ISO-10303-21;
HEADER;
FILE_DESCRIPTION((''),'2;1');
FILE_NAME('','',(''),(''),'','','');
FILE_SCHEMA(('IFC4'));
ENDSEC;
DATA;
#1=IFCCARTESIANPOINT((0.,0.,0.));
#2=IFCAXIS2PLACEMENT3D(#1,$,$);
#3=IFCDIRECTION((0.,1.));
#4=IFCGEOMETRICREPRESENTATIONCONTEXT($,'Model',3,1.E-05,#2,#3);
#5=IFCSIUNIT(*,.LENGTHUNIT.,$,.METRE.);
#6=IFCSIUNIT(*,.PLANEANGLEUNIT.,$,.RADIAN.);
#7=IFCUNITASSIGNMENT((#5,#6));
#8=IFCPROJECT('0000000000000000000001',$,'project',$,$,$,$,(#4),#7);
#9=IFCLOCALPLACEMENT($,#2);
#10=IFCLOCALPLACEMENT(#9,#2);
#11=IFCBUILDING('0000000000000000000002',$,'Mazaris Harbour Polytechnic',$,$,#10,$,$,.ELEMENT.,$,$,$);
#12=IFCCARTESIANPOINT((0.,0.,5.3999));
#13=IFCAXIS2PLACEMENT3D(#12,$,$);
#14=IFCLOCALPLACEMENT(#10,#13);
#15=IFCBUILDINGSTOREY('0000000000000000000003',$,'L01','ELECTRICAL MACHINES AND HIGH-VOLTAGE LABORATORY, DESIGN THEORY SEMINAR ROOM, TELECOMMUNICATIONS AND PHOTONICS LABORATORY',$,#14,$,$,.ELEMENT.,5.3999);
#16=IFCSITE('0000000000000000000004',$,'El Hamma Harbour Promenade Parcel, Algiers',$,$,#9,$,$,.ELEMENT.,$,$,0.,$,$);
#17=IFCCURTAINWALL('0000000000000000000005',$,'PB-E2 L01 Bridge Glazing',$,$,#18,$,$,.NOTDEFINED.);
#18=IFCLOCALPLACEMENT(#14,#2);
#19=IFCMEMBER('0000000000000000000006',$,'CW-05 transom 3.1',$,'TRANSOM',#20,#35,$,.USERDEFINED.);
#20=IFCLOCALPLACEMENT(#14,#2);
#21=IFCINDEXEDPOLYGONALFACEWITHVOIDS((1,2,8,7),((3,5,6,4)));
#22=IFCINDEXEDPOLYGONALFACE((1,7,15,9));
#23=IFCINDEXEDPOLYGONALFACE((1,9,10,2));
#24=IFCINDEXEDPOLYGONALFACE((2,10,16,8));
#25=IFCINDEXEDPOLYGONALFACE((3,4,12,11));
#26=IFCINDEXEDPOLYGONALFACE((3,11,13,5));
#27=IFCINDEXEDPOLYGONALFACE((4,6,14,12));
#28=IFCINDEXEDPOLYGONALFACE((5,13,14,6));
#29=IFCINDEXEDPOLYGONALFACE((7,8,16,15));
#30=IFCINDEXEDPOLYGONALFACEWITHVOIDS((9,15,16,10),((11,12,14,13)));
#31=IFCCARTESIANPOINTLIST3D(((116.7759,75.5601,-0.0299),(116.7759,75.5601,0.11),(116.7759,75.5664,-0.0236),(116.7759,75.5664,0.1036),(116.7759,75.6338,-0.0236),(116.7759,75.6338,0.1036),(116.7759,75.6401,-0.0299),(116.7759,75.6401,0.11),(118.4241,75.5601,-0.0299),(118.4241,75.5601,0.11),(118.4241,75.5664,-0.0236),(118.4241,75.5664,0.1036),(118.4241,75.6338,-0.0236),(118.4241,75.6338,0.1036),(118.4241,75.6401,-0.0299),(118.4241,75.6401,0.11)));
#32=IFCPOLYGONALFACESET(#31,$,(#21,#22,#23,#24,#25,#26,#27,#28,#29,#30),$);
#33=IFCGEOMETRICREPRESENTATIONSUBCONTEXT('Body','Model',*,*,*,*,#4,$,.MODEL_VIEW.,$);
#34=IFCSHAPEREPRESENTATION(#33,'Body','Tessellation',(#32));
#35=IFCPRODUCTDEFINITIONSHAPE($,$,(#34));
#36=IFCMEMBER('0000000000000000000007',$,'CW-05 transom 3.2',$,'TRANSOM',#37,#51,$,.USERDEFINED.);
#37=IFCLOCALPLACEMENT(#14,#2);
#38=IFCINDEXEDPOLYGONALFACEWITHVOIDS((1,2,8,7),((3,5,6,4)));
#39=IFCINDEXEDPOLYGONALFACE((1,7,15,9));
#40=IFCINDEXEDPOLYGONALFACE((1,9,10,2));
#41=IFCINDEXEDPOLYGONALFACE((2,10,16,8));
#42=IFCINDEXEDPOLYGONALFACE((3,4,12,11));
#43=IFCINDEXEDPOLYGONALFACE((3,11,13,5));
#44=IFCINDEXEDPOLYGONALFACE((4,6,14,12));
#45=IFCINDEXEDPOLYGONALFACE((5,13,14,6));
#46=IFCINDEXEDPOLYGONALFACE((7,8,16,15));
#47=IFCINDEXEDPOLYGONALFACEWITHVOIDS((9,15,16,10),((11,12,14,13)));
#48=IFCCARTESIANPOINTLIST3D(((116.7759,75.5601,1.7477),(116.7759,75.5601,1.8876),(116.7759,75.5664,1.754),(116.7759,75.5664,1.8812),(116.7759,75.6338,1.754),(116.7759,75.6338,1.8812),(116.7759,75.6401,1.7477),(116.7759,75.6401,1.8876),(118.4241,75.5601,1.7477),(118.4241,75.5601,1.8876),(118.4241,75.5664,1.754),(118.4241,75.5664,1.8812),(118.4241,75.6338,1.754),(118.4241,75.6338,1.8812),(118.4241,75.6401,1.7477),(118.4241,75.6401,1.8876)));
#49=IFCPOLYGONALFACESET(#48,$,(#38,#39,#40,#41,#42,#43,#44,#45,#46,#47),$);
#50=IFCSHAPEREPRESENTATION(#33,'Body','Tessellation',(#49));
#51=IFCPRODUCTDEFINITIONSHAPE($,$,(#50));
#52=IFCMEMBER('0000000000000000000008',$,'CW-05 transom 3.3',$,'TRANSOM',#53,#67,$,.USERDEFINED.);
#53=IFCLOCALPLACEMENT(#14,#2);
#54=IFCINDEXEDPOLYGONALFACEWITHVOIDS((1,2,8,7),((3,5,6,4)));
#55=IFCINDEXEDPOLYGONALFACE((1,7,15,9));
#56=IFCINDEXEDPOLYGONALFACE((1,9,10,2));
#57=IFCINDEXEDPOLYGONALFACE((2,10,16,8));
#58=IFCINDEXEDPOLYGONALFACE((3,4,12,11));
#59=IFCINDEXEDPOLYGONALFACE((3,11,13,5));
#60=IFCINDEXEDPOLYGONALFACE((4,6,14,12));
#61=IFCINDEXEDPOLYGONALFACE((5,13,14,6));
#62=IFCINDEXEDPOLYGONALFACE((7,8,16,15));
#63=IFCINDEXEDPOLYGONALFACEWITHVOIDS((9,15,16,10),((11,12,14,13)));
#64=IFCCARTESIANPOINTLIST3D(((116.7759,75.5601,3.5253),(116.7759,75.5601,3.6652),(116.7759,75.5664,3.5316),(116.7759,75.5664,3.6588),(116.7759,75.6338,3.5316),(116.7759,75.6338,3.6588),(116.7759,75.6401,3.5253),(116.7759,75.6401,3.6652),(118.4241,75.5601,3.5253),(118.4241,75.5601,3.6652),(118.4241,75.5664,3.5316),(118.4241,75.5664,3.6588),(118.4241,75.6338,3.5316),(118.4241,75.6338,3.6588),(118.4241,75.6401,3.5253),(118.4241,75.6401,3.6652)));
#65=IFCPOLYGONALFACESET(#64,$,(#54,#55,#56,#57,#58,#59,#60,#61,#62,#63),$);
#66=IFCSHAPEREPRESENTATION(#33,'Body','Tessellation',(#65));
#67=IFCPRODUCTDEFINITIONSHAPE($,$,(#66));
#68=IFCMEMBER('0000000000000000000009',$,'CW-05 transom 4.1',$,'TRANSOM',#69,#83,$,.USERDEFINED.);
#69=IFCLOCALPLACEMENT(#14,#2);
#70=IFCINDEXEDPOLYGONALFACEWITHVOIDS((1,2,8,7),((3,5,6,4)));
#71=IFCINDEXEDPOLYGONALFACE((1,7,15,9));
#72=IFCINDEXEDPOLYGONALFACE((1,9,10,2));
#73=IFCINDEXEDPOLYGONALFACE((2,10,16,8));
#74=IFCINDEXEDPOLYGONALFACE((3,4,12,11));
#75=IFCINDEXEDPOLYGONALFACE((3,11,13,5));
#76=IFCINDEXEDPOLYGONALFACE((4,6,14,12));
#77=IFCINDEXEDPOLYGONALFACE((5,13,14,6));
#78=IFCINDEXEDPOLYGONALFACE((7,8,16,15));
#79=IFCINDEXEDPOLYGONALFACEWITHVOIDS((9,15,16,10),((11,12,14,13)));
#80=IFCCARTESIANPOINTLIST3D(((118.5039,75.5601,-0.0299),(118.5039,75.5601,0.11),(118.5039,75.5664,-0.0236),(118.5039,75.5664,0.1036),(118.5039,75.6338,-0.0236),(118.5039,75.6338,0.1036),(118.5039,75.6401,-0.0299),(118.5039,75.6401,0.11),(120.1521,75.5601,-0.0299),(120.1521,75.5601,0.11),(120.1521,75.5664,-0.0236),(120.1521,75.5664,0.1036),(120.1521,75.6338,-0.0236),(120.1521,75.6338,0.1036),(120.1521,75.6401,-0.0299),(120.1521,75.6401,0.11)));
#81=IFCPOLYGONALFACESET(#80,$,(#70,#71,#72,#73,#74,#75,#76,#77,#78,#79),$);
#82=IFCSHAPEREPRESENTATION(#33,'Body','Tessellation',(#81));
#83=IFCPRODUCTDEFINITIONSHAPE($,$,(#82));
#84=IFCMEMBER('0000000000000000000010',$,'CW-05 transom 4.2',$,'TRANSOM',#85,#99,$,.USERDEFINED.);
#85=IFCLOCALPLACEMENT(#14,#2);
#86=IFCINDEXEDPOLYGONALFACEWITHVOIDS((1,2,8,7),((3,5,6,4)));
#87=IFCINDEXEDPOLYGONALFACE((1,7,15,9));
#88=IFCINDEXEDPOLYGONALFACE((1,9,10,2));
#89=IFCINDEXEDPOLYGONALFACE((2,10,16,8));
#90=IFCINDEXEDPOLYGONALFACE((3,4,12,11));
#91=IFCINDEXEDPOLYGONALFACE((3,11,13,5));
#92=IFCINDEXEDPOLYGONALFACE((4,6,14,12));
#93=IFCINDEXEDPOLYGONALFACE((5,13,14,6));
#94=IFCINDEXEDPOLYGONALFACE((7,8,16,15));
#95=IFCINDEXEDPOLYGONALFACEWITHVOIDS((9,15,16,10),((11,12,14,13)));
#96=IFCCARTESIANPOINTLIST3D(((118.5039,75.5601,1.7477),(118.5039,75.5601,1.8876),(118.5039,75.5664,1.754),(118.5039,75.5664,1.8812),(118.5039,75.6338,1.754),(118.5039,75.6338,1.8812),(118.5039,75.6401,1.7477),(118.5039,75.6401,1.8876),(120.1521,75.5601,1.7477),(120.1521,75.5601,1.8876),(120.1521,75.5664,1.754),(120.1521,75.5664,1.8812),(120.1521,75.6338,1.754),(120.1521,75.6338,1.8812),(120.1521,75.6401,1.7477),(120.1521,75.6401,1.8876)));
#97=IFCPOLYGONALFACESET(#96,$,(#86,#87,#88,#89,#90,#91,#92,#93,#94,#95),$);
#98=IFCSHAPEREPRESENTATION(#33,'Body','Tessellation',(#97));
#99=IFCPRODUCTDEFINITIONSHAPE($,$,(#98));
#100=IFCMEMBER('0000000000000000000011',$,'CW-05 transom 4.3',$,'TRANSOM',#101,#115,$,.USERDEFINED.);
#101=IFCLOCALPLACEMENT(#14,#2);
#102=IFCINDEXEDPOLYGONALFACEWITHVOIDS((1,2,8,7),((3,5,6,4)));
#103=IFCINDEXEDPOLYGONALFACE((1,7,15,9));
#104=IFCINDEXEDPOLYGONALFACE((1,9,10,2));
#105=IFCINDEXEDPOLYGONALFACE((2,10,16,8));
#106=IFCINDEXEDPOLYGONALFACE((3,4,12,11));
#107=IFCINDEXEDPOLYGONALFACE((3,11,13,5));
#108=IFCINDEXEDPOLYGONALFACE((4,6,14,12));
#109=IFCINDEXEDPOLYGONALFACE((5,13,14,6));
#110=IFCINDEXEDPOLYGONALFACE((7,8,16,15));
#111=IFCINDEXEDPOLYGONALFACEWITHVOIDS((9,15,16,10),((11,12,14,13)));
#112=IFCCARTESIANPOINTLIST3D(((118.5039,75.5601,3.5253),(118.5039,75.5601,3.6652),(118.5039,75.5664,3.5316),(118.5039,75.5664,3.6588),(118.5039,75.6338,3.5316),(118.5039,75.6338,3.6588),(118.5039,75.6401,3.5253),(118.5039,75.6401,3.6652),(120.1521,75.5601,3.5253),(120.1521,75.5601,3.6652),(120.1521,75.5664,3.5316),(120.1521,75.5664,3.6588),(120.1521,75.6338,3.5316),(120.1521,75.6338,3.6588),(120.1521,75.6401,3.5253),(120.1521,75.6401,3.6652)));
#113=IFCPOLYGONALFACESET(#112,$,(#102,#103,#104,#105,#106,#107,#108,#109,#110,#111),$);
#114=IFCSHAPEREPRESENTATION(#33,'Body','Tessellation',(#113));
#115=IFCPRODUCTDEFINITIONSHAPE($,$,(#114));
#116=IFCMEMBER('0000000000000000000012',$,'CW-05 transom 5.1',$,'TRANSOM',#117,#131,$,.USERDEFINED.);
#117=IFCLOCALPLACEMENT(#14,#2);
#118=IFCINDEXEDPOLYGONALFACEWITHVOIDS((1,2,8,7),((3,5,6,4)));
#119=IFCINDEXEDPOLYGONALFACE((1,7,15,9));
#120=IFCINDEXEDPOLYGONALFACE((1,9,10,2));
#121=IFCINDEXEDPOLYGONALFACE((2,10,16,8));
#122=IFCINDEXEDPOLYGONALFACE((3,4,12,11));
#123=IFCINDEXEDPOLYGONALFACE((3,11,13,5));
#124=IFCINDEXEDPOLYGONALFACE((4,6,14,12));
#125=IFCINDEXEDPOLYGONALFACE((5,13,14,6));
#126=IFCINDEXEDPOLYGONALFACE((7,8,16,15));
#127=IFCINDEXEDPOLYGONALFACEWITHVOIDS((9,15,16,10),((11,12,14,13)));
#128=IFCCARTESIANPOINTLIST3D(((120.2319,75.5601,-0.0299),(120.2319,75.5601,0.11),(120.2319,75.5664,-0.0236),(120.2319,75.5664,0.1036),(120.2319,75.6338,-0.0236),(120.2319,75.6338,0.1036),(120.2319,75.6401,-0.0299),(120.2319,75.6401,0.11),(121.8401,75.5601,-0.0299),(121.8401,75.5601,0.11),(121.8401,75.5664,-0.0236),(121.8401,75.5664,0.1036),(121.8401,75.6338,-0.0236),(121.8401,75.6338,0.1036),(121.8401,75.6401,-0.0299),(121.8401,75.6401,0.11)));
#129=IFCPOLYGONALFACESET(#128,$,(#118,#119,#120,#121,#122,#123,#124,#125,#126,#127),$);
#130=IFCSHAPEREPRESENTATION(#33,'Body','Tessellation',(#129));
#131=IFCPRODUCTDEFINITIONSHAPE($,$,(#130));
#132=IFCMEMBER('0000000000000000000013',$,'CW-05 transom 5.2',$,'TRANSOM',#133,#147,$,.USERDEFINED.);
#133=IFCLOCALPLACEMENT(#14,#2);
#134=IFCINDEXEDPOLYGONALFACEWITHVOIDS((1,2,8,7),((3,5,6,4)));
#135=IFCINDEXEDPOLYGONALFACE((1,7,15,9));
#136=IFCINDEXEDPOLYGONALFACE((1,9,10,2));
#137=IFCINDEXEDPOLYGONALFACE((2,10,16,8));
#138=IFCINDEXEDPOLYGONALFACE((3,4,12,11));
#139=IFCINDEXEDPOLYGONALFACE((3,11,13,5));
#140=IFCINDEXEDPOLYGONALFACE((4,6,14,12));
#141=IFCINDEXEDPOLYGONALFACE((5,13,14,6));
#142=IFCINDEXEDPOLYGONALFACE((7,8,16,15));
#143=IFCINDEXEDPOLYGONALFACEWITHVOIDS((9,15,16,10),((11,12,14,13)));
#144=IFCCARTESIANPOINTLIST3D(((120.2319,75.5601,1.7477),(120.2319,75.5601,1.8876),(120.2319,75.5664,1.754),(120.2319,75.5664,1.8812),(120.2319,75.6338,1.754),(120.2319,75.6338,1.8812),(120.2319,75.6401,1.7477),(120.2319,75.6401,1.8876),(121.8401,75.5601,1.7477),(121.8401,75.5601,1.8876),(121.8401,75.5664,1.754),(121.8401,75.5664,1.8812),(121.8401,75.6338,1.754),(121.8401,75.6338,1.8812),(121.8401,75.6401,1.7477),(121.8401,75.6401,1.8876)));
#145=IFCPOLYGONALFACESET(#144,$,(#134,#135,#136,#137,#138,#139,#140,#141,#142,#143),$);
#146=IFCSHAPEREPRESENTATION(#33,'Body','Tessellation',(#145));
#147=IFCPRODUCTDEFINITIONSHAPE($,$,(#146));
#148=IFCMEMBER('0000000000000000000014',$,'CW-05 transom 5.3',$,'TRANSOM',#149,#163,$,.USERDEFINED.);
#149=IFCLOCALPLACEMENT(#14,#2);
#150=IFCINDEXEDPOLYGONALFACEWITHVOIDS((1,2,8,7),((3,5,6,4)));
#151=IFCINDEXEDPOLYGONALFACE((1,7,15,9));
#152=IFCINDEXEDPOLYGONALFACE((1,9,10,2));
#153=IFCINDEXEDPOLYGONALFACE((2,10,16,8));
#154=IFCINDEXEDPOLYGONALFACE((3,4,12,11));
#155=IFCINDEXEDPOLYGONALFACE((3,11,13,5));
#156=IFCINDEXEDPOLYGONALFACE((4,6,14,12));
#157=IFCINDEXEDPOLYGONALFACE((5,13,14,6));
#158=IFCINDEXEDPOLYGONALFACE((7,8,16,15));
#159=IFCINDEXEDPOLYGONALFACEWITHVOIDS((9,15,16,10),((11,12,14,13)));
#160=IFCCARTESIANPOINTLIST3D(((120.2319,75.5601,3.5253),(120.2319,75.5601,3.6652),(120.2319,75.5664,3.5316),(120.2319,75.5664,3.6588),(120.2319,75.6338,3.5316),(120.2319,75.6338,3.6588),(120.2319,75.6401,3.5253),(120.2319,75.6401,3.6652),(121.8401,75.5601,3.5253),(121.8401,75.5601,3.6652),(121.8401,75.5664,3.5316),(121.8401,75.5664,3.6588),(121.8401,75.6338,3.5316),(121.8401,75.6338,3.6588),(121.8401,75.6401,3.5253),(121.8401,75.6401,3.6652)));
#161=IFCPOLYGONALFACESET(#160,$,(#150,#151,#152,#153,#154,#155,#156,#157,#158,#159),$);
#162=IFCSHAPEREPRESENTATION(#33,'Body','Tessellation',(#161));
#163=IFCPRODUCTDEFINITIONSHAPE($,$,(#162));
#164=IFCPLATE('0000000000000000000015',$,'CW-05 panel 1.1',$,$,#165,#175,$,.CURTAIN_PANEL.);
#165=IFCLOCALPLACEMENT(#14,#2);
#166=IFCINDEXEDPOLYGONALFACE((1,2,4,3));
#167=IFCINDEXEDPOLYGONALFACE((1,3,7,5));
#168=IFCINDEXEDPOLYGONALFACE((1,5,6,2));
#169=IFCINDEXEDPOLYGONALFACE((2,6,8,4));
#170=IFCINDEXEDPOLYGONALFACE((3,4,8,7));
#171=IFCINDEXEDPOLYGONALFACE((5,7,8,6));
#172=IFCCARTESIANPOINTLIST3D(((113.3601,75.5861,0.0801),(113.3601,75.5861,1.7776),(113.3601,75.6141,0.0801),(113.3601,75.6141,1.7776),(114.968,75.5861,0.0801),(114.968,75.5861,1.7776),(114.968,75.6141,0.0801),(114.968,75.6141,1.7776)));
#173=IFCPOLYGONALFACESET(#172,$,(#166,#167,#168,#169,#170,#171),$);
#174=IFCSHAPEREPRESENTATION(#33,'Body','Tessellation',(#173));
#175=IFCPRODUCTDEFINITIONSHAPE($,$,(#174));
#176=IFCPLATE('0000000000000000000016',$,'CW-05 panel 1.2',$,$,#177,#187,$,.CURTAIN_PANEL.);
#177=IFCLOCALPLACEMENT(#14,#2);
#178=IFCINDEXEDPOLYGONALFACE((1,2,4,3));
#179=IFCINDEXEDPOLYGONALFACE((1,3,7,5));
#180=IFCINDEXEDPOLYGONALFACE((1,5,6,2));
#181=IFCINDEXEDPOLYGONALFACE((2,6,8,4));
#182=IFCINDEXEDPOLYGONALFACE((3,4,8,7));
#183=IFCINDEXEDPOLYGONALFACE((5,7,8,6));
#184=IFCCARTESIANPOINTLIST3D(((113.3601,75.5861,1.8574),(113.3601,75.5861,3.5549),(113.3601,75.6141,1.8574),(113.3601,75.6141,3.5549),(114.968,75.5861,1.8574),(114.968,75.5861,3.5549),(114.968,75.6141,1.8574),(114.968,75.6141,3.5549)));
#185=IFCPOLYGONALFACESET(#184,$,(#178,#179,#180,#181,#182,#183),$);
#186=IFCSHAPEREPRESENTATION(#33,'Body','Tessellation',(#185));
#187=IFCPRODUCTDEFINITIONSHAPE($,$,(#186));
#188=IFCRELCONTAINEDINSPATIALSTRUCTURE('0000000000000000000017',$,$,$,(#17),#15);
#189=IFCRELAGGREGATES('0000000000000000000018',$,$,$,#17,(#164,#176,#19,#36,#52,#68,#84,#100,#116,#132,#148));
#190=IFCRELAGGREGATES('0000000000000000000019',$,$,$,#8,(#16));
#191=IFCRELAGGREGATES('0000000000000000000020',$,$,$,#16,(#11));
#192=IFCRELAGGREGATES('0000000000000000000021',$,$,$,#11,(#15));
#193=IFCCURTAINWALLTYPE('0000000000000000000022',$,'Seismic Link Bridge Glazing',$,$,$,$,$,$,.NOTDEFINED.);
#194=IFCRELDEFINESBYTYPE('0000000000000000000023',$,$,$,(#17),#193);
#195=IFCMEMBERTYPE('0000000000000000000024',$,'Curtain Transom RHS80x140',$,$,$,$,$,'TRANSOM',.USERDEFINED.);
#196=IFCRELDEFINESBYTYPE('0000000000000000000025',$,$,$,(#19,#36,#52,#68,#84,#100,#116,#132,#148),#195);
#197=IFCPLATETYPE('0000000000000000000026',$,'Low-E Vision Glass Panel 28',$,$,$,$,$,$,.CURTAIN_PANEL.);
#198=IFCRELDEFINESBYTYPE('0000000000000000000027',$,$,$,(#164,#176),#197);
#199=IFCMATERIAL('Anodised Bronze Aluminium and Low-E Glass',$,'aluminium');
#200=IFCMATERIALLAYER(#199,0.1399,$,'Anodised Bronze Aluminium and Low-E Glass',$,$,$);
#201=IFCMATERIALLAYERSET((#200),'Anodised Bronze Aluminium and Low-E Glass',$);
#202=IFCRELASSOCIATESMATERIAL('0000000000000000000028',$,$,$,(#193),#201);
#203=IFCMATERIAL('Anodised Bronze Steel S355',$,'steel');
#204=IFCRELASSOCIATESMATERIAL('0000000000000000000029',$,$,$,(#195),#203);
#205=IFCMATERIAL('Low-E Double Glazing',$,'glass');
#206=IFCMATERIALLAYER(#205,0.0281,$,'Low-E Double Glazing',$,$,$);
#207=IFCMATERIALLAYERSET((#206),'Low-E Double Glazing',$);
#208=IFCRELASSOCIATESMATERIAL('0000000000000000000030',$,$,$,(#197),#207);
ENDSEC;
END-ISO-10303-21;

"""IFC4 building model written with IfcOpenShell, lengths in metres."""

from ifc_helpers import new_model, si_unit, direction, frame, origin, origin_2d, place, context, subcontext, project, spatial, rectangle, hollow_rectangle, extrude, material, layer, layer_set, material_profile, profile_set, type_object, element, aggregate, save


model = new_model("IFC4")

# Units and contexts
model_context = context("Model", 3, precision=1e-05, world=origin(), true_north=direction((0.0, 1.0)))
body_context = subcontext(model_context, "Body", "Model", "MODEL_VIEW")
ifc_project = project(units=[si_unit("LENGTHUNIT", "METRE"), si_unit("PLANEANGLEUNIT", "RADIAN")], contexts=[model_context])

# Site, building, storey
site_placement = place(None, origin())
site = spatial("IfcSite", under=ifc_project, at=site_placement, Name="El Hamma Harbour Promenade Parcel, Algiers", CompositionType="ELEMENT", RefElevation=0.0)
building_placement = place(site_placement, origin())
building = spatial("IfcBuilding", under=site, at=building_placement, Name="Mazaris Harbour Polytechnic", CompositionType="ELEMENT")
storey_placement = place(building_placement, frame((0.0, 0.0, 5.3999)))
storey = spatial("IfcBuildingStorey", under=building, at=storey_placement, Name="L01", Description="ELECTRICAL MACHINES AND HIGH-VOLTAGE LABORATORY, DESIGN THEORY SEMINAR ROOM, TELECOMMUNICATIONS AND PHOTONICS LABORATORY", CompositionType="ELEMENT", Elevation=5.3999)

# Curtain wall, members, plates
ifc_material_1 = material(Name="Anodised Bronze Aluminium and Low-E Glass", Category="aluminium")
ifc_layer_1 = layer(ifc_material_1, 0.1399, Name="Anodised Bronze Aluminium and Low-E Glass")
ifc_layer_set_1 = layer_set([ifc_layer_1], Name="Anodised Bronze Aluminium and Low-E Glass")
curtain_wall_type = type_object("IfcCurtainWallType", Name="Seismic Link Bridge Glazing", PredefinedType="NOTDEFINED", material=ifc_layer_set_1)
curtain_wall_placement = place(storey_placement, origin())
curtain_wall = element("IfcCurtainWall", 1, at=curtain_wall_placement, inside=storey, type_object=curtain_wall_type, Name="PB-E2 L01 Bridge Glazing", PredefinedType="NOTDEFINED")
ifc_material_2 = material(Name="Anodised Bronze Steel S355", Category="steel")
ifc_material_profile_1 = material_profile(ifc_material_2, hollow_rectangle(XDim=0.0801, YDim=0.1399, WallThickness=0.0063, at=origin_2d()), Name="RHS 80x140x6.3")
ifc_profile_set_1 = profile_set([ifc_material_profile_1], Name="Anodised Bronze Steel S355")
member_type_1 = type_object("IfcMemberType", Name="Curtain Transom RHS80x140", ElementType="TRANSOM", PredefinedType="USERDEFINED", material=ifc_profile_set_1)
member_1_placement = place(storey_placement, frame((116.7759, 75.6001, 0.04), z_axis=(1.0, 0.0, 0.0), x_axis=(0.0, 1.0, 0.0)))
member_1 = element("IfcMember", 2, at=member_1_placement, type_object=member_type_1, Name="CW-05 transom 3.1", ObjectType="TRANSOM", PredefinedType="USERDEFINED", context=body_context, shape_type="SweptSolid", body=[
    extrude(hollow_rectangle(XDim=0.0801, YDim=0.1399, WallThickness=0.0063, at=origin_2d()), origin(), (0.0, 0.0, 1.0), 1.6482),
])
member_2_placement = place(storey_placement, frame((116.7759, 75.6001, 1.8176), z_axis=(1.0, 0.0, 0.0), x_axis=(0.0, 1.0, 0.0)))
member_2 = element("IfcMember", 3, at=member_2_placement, type_object=member_type_1, Name="CW-05 transom 3.2", ObjectType="TRANSOM", PredefinedType="USERDEFINED", context=body_context, shape_type="SweptSolid", body=[
    extrude(hollow_rectangle(XDim=0.0801, YDim=0.1399, WallThickness=0.0063, at=origin_2d()), origin(), (0.0, 0.0, 1.0), 1.6482),
])
member_3_placement = place(storey_placement, frame((116.7759, 75.6001, 3.5952), z_axis=(1.0, 0.0, 0.0), x_axis=(0.0, 1.0, 0.0)))
member_3 = element("IfcMember", 4, at=member_3_placement, type_object=member_type_1, Name="CW-05 transom 3.3", ObjectType="TRANSOM", PredefinedType="USERDEFINED", context=body_context, shape_type="SweptSolid", body=[
    extrude(hollow_rectangle(XDim=0.0801, YDim=0.1399, WallThickness=0.0063, at=origin_2d()), origin(), (0.0, 0.0, 1.0), 1.6482),
])
member_4_placement = place(storey_placement, frame((118.5039, 75.6001, 0.04), z_axis=(1.0, 0.0, 0.0), x_axis=(0.0, 1.0, 0.0)))
member_4 = element("IfcMember", 5, at=member_4_placement, type_object=member_type_1, Name="CW-05 transom 4.1", ObjectType="TRANSOM", PredefinedType="USERDEFINED", context=body_context, shape_type="SweptSolid", body=[
    extrude(hollow_rectangle(XDim=0.0801, YDim=0.1399, WallThickness=0.0063, at=origin_2d()), origin(), (0.0, 0.0, 1.0), 1.6482),
])
member_5_placement = place(storey_placement, frame((118.5039, 75.6001, 1.8176), z_axis=(1.0, 0.0, 0.0), x_axis=(0.0, 1.0, 0.0)))
member_5 = element("IfcMember", 6, at=member_5_placement, type_object=member_type_1, Name="CW-05 transom 4.2", ObjectType="TRANSOM", PredefinedType="USERDEFINED", context=body_context, shape_type="SweptSolid", body=[
    extrude(hollow_rectangle(XDim=0.0801, YDim=0.1399, WallThickness=0.0063, at=origin_2d()), origin(), (0.0, 0.0, 1.0), 1.6482),
])
member_6_placement = place(storey_placement, frame((118.5039, 75.6001, 3.5952), z_axis=(1.0, 0.0, 0.0), x_axis=(0.0, 1.0, 0.0)))
member_6 = element("IfcMember", 7, at=member_6_placement, type_object=member_type_1, Name="CW-05 transom 4.3", ObjectType="TRANSOM", PredefinedType="USERDEFINED", context=body_context, shape_type="SweptSolid", body=[
    extrude(hollow_rectangle(XDim=0.0801, YDim=0.1399, WallThickness=0.0063, at=origin_2d()), origin(), (0.0, 0.0, 1.0), 1.6482),
])
member_7_placement = place(storey_placement, frame((120.2319, 75.6001, 0.04), z_axis=(1.0, 0.0, 0.0), x_axis=(0.0, 1.0, 0.0)))
member_7 = element("IfcMember", 8, at=member_7_placement, type_object=member_type_1, Name="CW-05 transom 5.1", ObjectType="TRANSOM", PredefinedType="USERDEFINED", context=body_context, shape_type="SweptSolid", body=[
    extrude(hollow_rectangle(XDim=0.0801, YDim=0.1399, WallThickness=0.0063, at=origin_2d()), origin(), (0.0, 0.0, 1.0), 1.6082),
])
member_8_placement = place(storey_placement, frame((120.2319, 75.6001, 1.8176), z_axis=(1.0, 0.0, 0.0), x_axis=(0.0, 1.0, 0.0)))
member_8 = element("IfcMember", 9, at=member_8_placement, type_object=member_type_1, Name="CW-05 transom 5.2", ObjectType="TRANSOM", PredefinedType="USERDEFINED", context=body_context, shape_type="SweptSolid", body=[
    extrude(hollow_rectangle(XDim=0.0801, YDim=0.1399, WallThickness=0.0063, at=origin_2d()), origin(), (0.0, 0.0, 1.0), 1.6082),
])
member_9_placement = place(storey_placement, frame((120.2319, 75.6001, 3.5952), z_axis=(1.0, 0.0, 0.0), x_axis=(0.0, 1.0, 0.0)))
member_9 = element("IfcMember", 10, at=member_9_placement, type_object=member_type_1, Name="CW-05 transom 5.3", ObjectType="TRANSOM", PredefinedType="USERDEFINED", context=body_context, shape_type="SweptSolid", body=[
    extrude(hollow_rectangle(XDim=0.0801, YDim=0.1399, WallThickness=0.0063, at=origin_2d()), origin(), (0.0, 0.0, 1.0), 1.6082),
])
ifc_material_3 = material(Name="Low-E Double Glazing", Category="glass")
ifc_layer_2 = layer(ifc_material_3, 0.0281, Name="Low-E Double Glazing")
ifc_layer_set_2 = layer_set([ifc_layer_2], Name="Low-E Double Glazing")
plate_type = type_object("IfcPlateType", Name="Low-E Vision Glass Panel 28", PredefinedType="CURTAIN_PANEL", material=ifc_layer_set_2)
plate_1_placement = place(storey_placement, frame((114.1641, 75.6001, 0.0801), z_axis=(0.0, 0.0, 1.0), x_axis=(1.0, 0.0, 0.0)))
plate_1 = element("IfcPlate", 11, at=plate_1_placement, type_object=plate_type, Name="CW-05 panel 1.1", PredefinedType="CURTAIN_PANEL", context=body_context, shape_type="SweptSolid", body=[
    extrude(rectangle(XDim=1.6079, YDim=0.0281, at=origin_2d()), origin(), (0.0, 0.0, 1.0), 1.6975),
])
plate_2_placement = place(storey_placement, frame((114.1641, 75.6001, 1.8574), z_axis=(0.0, 0.0, 1.0), x_axis=(1.0, 0.0, 0.0)))
plate_2 = element("IfcPlate", 12, at=plate_2_placement, type_object=plate_type, Name="CW-05 panel 1.2", PredefinedType="CURTAIN_PANEL", context=body_context, shape_type="SweptSolid", body=[
    extrude(rectangle(XDim=1.6079, YDim=0.0281, at=origin_2d()), origin(), (0.0, 0.0, 1.0), 1.6975),
])
aggregate(curtain_wall, [plate_1, plate_2, member_1, member_2, member_3, member_4, member_5, member_6, member_7, member_8, member_9])

save(model, "model.ifc")
